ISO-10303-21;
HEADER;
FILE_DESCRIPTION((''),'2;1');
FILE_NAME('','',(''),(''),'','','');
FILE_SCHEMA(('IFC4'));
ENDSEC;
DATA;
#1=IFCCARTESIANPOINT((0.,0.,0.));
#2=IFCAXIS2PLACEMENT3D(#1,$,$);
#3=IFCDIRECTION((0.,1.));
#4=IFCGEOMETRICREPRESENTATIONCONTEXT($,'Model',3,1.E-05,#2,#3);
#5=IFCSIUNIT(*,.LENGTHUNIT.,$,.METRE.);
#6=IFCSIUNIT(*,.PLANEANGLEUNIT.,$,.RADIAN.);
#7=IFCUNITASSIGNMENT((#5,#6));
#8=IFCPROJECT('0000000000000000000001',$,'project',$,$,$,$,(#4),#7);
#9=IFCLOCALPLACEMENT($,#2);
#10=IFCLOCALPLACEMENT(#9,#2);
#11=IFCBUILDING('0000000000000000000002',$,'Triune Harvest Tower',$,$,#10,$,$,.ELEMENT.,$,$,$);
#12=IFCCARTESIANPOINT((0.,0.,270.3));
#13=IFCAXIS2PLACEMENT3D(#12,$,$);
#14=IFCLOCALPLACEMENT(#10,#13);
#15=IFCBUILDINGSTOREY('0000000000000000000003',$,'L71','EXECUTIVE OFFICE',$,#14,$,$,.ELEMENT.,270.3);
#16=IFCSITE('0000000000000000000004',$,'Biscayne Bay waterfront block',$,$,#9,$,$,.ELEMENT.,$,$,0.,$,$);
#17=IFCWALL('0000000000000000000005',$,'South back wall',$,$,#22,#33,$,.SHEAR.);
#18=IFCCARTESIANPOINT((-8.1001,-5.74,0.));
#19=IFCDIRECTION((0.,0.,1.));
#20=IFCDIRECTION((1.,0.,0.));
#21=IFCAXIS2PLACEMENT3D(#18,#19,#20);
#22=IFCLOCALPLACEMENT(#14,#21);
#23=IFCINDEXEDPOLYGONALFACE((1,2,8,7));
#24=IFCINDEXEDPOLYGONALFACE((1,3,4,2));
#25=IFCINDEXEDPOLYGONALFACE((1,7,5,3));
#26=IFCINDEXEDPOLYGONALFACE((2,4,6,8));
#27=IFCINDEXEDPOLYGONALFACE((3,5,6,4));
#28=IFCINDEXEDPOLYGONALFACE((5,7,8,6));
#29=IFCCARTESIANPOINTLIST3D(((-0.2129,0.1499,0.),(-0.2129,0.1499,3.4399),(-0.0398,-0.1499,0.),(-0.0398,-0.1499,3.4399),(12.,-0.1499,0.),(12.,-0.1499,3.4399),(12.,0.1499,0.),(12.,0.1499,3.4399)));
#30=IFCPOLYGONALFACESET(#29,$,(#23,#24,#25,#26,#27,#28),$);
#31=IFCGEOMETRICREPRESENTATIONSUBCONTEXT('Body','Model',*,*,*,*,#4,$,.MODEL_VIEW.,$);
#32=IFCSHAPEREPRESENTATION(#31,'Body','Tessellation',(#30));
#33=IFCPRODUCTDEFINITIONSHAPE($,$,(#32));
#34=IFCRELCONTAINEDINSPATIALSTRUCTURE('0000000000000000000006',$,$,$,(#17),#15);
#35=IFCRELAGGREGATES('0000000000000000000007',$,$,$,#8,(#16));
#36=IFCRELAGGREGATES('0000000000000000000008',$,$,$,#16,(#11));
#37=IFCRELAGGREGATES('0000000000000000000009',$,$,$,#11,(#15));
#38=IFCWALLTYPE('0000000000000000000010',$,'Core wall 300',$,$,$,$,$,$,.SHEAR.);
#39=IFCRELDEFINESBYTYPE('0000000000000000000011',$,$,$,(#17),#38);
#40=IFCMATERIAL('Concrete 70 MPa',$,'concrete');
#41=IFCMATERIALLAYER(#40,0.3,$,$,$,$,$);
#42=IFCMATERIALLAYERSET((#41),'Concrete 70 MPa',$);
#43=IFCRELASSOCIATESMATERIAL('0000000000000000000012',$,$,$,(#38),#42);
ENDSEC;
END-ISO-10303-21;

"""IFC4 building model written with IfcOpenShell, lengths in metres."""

from ifc_helpers import new_model, si_unit, direction, frame, origin, place, context, subcontext, project, spatial, polyline, outline, extrude, source, transform, mapped, material, layer, layer_set, type_object, element, save


model = new_model("IFC4")

# Units and contexts
model_context = context("Model", 3, precision=1e-05, world=origin(), true_north=direction((0.0, 1.0)))
body_context = subcontext(model_context, "Body", "Model", "MODEL_VIEW")
ifc_project = project(units=[si_unit("LENGTHUNIT", "METRE"), si_unit("PLANEANGLEUNIT", "RADIAN")], contexts=[model_context])

# Site, building, storey
site_placement = place(None, origin())
site = spatial("IfcSite", under=ifc_project, at=site_placement, Name="Biscayne Bay waterfront block", CompositionType="ELEMENT", RefElevation=0.0)
building_placement = place(site_placement, origin())
building = spatial("IfcBuilding", under=site, at=building_placement, Name="Triune Harvest Tower", CompositionType="ELEMENT")
storey_placement = place(building_placement, frame((0.0, 0.0, 270.3)))
storey = spatial("IfcBuildingStorey", under=building, at=storey_placement, Name="L71", Description="EXECUTIVE OFFICE", CompositionType="ELEMENT", Elevation=270.3)

# Wall
ifc_material_1 = material(Name="Concrete 70 MPa", Category="concrete")
ifc_layer_1 = layer(ifc_material_1, 0.3)
ifc_layer_set_1 = layer_set([ifc_layer_1], Name="Concrete 70 MPa")
wall_type_1 = type_object("IfcWallType", Name="Core wall 300", PredefinedType="SHEAR", material=ifc_layer_set_1)
shared_shape_1 = source(origin(), body_context, "Body", "SweptSolid", [
    extrude(outline(polyline([(12.0, -0.1499), (-0.0398, -0.1499), (-0.2129, 0.1499), (12.0, 0.1499), (12.0, -0.1499)])), origin(), (0.0, 0.0, 1.0), 3.4399),
])
wall_1_placement = place(storey_placement, frame((-8.1001, -5.74, 0.0), z_axis=(0.0, 0.0, 1.0), x_axis=(1.0, 0.0, 0.0)))
element("IfcWall", 1, at=wall_1_placement, inside=storey, type_object=wall_type_1, Name="South back wall", PredefinedType="SHEAR", context=body_context, shape_type="MappedRepresentation", body=[
    mapped(shared_shape_1, transform((0.0, 0.0, 0.0), scale=1.0)),
])

save(model, "model.ifc")
